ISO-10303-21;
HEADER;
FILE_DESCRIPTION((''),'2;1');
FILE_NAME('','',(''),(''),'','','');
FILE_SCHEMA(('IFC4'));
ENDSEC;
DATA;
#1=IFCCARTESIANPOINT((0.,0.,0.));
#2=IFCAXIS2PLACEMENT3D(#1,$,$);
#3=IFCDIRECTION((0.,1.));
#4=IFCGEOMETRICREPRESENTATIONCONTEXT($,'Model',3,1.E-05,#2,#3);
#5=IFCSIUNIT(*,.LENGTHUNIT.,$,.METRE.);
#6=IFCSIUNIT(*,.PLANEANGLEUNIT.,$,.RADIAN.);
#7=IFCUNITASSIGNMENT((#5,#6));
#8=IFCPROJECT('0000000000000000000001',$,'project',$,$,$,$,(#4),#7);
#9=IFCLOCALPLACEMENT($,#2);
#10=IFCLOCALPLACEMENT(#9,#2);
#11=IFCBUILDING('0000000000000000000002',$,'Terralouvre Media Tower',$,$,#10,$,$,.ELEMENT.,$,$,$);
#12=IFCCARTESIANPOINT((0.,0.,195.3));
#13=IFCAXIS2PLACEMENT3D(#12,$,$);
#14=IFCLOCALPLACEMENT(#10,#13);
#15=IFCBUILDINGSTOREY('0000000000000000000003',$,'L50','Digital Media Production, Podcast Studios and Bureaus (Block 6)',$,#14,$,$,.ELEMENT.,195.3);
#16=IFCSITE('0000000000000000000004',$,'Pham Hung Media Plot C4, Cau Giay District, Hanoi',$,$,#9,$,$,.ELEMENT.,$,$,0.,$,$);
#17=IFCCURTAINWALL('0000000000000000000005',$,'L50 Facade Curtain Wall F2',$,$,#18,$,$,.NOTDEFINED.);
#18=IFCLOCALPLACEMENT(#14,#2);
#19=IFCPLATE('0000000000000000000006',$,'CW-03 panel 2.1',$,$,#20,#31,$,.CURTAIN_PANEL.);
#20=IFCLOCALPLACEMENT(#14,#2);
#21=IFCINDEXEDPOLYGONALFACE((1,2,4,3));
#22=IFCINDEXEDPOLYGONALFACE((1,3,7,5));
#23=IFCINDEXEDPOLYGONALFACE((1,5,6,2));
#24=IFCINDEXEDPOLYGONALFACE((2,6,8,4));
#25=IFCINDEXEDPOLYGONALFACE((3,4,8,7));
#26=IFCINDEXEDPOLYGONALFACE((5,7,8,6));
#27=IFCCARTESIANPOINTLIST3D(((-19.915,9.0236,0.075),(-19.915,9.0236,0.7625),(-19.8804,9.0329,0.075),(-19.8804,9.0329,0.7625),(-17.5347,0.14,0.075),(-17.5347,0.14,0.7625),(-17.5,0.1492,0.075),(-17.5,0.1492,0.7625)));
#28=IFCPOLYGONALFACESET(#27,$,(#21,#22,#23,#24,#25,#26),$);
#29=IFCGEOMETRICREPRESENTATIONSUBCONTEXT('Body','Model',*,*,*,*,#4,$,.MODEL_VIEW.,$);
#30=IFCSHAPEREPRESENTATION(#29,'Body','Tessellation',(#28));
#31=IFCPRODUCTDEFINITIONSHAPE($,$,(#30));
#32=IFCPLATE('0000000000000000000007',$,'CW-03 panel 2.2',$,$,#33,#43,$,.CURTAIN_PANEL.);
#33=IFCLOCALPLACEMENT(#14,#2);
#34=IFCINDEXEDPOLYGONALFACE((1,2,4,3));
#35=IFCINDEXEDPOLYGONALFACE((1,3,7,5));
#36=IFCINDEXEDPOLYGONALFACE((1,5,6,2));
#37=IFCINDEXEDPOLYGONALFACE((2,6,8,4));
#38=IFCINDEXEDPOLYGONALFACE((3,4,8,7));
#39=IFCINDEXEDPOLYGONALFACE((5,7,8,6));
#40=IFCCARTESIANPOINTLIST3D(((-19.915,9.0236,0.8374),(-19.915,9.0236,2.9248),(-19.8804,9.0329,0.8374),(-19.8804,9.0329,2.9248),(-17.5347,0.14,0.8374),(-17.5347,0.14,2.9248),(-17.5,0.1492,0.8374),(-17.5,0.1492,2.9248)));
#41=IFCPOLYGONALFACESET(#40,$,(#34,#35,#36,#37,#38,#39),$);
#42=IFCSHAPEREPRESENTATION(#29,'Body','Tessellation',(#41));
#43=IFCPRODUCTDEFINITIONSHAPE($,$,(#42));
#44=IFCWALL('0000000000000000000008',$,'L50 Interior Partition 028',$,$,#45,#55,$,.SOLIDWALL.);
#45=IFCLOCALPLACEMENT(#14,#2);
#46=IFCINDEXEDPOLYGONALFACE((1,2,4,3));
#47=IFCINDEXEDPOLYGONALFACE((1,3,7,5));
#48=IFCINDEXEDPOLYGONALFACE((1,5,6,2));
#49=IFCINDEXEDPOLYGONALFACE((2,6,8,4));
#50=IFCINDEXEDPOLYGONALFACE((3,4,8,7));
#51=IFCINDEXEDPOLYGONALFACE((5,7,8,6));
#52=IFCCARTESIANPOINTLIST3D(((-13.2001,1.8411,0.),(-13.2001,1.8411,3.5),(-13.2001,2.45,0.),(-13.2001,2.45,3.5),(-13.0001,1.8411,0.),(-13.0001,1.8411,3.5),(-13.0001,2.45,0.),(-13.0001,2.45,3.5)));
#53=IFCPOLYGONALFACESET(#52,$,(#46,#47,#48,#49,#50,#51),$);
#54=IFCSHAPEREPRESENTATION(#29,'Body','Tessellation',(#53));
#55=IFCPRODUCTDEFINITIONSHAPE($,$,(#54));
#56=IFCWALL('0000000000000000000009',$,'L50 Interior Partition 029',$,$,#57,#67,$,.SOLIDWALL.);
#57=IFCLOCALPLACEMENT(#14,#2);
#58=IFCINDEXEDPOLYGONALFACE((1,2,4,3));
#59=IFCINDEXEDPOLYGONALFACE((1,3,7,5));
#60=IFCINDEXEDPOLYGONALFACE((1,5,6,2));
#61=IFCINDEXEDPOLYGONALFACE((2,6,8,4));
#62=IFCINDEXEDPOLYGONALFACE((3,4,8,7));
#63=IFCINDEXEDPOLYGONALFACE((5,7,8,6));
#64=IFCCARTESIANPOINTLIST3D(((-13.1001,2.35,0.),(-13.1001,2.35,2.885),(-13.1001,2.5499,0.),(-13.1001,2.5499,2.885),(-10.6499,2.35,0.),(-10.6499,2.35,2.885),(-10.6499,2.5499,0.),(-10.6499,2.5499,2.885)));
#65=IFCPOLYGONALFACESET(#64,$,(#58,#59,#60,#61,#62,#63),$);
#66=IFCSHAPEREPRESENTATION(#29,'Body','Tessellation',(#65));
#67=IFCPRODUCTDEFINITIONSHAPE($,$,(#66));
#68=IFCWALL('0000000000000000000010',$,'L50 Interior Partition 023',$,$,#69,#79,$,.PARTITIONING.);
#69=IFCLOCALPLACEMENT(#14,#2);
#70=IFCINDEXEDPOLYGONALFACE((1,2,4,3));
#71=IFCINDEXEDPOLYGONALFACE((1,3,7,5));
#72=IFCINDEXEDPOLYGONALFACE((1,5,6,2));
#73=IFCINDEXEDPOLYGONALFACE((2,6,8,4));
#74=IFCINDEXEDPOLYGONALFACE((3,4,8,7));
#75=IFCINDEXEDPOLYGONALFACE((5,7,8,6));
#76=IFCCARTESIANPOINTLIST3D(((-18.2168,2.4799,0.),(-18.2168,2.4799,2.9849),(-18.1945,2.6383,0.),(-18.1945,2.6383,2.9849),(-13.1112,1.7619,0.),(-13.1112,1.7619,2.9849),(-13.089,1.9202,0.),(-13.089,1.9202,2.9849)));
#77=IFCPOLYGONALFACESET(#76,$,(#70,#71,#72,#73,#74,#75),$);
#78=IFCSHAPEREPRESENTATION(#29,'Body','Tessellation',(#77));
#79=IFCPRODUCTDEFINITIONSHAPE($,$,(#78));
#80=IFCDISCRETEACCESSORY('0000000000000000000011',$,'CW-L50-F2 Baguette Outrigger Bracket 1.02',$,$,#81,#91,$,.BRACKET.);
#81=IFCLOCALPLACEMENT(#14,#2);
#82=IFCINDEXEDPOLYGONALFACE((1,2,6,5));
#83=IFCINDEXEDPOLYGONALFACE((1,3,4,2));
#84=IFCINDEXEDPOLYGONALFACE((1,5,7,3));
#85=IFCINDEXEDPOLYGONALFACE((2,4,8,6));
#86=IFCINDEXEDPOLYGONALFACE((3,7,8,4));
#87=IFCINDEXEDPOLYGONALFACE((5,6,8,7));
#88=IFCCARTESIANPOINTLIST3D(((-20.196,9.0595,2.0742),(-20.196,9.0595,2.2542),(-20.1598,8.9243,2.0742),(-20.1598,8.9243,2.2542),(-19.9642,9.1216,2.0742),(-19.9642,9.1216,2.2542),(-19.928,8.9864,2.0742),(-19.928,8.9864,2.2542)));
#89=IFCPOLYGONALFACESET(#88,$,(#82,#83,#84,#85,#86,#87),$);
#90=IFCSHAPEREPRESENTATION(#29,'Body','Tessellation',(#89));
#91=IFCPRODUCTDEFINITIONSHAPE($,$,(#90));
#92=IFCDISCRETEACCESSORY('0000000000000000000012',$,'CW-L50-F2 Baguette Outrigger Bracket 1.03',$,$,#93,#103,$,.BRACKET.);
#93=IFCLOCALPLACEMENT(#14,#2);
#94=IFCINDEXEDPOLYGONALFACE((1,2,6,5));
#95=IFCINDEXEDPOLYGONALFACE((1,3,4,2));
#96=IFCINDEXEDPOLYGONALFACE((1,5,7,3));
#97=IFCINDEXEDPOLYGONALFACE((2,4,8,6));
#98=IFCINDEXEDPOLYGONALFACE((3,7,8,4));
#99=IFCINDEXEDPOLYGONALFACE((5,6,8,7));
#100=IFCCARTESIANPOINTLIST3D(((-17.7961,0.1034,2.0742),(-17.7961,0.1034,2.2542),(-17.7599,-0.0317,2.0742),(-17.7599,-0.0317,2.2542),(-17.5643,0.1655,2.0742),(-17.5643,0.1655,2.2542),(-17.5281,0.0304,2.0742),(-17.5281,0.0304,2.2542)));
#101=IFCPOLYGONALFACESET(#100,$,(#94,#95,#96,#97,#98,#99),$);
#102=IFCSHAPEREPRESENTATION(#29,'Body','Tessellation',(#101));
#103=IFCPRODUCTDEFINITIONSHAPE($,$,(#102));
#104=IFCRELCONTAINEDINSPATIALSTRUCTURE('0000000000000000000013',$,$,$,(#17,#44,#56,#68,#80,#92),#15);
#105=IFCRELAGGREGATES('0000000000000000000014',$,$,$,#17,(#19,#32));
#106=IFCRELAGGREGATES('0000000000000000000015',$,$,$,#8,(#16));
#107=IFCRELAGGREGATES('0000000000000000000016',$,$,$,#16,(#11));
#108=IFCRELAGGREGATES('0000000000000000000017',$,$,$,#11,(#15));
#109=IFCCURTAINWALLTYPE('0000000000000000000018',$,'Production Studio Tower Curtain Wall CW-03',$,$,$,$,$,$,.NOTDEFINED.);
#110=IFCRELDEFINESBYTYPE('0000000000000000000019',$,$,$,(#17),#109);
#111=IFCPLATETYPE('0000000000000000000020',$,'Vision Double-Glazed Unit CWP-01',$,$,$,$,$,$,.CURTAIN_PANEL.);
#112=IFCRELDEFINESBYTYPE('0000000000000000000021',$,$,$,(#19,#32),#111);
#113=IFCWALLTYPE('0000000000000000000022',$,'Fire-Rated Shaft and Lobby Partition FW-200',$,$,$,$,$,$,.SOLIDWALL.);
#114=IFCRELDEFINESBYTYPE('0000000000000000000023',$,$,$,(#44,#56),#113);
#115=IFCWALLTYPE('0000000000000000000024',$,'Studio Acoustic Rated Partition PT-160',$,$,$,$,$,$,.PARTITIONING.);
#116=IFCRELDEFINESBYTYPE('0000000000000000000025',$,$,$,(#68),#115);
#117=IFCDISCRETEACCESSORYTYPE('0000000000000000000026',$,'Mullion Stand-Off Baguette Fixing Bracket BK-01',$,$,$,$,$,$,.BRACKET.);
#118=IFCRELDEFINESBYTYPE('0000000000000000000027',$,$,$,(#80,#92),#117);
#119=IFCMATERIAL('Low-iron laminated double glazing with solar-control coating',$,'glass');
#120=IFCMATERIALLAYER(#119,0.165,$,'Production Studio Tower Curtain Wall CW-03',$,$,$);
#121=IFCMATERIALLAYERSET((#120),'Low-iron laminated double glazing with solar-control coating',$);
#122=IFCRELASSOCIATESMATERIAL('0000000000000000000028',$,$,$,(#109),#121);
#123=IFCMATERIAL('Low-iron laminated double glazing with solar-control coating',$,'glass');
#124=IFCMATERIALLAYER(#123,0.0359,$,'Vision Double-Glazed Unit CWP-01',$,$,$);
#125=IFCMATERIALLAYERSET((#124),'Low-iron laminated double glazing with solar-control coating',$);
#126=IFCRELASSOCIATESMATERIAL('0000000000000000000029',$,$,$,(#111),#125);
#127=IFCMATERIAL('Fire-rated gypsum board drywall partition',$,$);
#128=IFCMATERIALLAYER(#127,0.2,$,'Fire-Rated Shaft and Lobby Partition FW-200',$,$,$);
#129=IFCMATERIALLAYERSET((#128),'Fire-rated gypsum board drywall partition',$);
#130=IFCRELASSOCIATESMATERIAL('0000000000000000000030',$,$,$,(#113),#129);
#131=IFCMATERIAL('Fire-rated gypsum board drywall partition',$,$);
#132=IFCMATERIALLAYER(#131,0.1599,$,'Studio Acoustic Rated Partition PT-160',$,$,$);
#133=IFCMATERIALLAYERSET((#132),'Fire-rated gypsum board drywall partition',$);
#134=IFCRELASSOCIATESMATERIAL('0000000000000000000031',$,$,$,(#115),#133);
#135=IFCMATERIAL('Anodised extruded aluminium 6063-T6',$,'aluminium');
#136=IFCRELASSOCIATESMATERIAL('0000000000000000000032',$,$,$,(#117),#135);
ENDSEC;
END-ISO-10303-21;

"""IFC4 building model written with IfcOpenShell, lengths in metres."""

from ifc_helpers import new_model, si_unit, direction, frame, frame_2d, origin, origin_2d, place, context, subcontext, project, spatial, rectangle, extrude, material, layer, layer_set, type_object, element, aggregate, save


model = new_model("IFC4")

# Units and contexts
model_context = context("Model", 3, precision=1e-05, world=origin(), true_north=direction((0.0, 1.0)))
body_context = subcontext(model_context, "Body", "Model", "MODEL_VIEW")
ifc_project = project(units=[si_unit("LENGTHUNIT", "METRE"), si_unit("PLANEANGLEUNIT", "RADIAN")], contexts=[model_context])

# Site, building, storey
site_placement = place(None, origin())
site = spatial("IfcSite", under=ifc_project, at=site_placement, Name="Pham Hung Media Plot C4, Cau Giay District, Hanoi", CompositionType="ELEMENT", RefElevation=0.0)
building_placement = place(site_placement, origin())
building = spatial("IfcBuilding", under=site, at=building_placement, Name="Terralouvre Media Tower", CompositionType="ELEMENT")
storey_placement = place(building_placement, frame((0.0, 0.0, 195.3)))
storey = spatial("IfcBuildingStorey", under=building, at=storey_placement, Name="L50", Description="Digital Media Production, Podcast Studios and Bureaus (Block 6)", CompositionType="ELEMENT", Elevation=195.3)

# Curtain wall
ifc_material_1 = material(Name="Low-iron laminated double glazing with solar-control coating", Category="glass")
ifc_layer_1 = layer(ifc_material_1, 0.165, Name="Production Studio Tower Curtain Wall CW-03")
ifc_layer_set_1 = layer_set([ifc_layer_1], Name="Low-iron laminated double glazing with solar-control coating")
curtain_wall_type = type_object("IfcCurtainWallType", Name="Production Studio Tower Curtain Wall CW-03", PredefinedType="NOTDEFINED", material=ifc_layer_set_1)
curtain_wall_placement = place(storey_placement, origin())
curtain_wall = element("IfcCurtainWall", 1, at=curtain_wall_placement, inside=storey, type_object=curtain_wall_type, Name="L50 Facade Curtain Wall F2", PredefinedType="NOTDEFINED")

# Plates
ifc_material_2 = material(Name="Low-iron laminated double glazing with solar-control coating", Category="glass")
ifc_layer_2 = layer(ifc_material_2, 0.0359, Name="Vision Double-Glazed Unit CWP-01")
ifc_layer_set_2 = layer_set([ifc_layer_2], Name="Low-iron laminated double glazing with solar-control coating")
plate_type = type_object("IfcPlateType", Name="Vision Double-Glazed Unit CWP-01", PredefinedType="CURTAIN_PANEL", material=ifc_layer_set_2)
plate_1_placement = place(storey_placement, frame((-18.7075, 4.5864, 0.075), z_axis=(0.0, 0.0, 1.0), x_axis=(0.258819, -0.965926, 0.0)))
plate_1 = element("IfcPlate", 2, at=plate_1_placement, type_object=plate_type, Name="CW-03 panel 2.1", PredefinedType="CURTAIN_PANEL", context=body_context, shape_type="SweptSolid", body=[
    extrude(rectangle(XDim=9.197, YDim=0.0359, at=origin_2d()), origin(), (0.0, 0.0, 1.0), 0.6875),
])
plate_2_placement = place(storey_placement, frame((-18.7075, 4.5864, 0.8374), z_axis=(0.0, 0.0, 1.0), x_axis=(0.258819, -0.965926, 0.0)))
plate_2 = element("IfcPlate", 3, at=plate_2_placement, type_object=plate_type, Name="CW-03 panel 2.2", PredefinedType="CURTAIN_PANEL", context=body_context, shape_type="SweptSolid", body=[
    extrude(rectangle(XDim=9.197, YDim=0.0359, at=origin_2d()), origin(), (0.0, 0.0, 1.0), 2.0874),
])
aggregate(curtain_wall, [plate_1, plate_2])

# Walls
ifc_material_3 = material(Name="Fire-rated gypsum board drywall partition")
ifc_layer_3 = layer(ifc_material_3, 0.2, Name="Fire-Rated Shaft and Lobby Partition FW-200")
ifc_layer_set_3 = layer_set([ifc_layer_3], Name="Fire-rated gypsum board drywall partition")
wall_type_1 = type_object("IfcWallType", Name="Fire-Rated Shaft and Lobby Partition FW-200", PredefinedType="SOLIDWALL", material=ifc_layer_set_3)
wall_1_placement = place(storey_placement, frame((-13.1001, 1.8411, 0.0), z_axis=(0.0, 0.0, 1.0), x_axis=(0.0, 1.0, 0.0)))
element("IfcWall", 4, at=wall_1_placement, inside=storey, type_object=wall_type_1, Name="L50 Interior Partition 028", PredefinedType="SOLIDWALL", context=body_context, shape_type="SweptSolid", body=[
    extrude(rectangle(XDim=0.6089, YDim=0.2, at=frame_2d((0.3044, 0.0))), origin(), (0.0, 0.0, 1.0), 3.5),
])
wall_2_placement = place(storey_placement, frame((-13.1001, 2.45, 0.0), z_axis=(0.0, 0.0, 1.0), x_axis=(1.0, 0.0, 0.0)))
element("IfcWall", 5, at=wall_2_placement, inside=storey, type_object=wall_type_1, Name="L50 Interior Partition 029", PredefinedType="SOLIDWALL", context=body_context, shape_type="SweptSolid", body=[
    extrude(rectangle(XDim=2.4502, YDim=0.2, at=frame_2d((1.2251, 0.0))), origin(), (0.0, 0.0, 1.0), 2.885),
])
ifc_material_4 = material(Name="Fire-rated gypsum board drywall partition")
ifc_layer_4 = layer(ifc_material_4, 0.1599, Name="Studio Acoustic Rated Partition PT-160")
ifc_layer_set_4 = layer_set([ifc_layer_4], Name="Fire-rated gypsum board drywall partition")
wall_type_2 = type_object("IfcWallType", Name="Studio Acoustic Rated Partition PT-160", PredefinedType="PARTITIONING", material=ifc_layer_set_4)
wall_3_placement = place(storey_placement, frame((-13.1001, 1.8411, 0.0), z_axis=(0.0, 0.0, 1.0), x_axis=(-0.990255, 0.139266, 0.0)))
element("IfcWall", 6, at=wall_3_placement, inside=storey, type_object=wall_type_2, Name="L50 Interior Partition 023", PredefinedType="PARTITIONING", context=body_context, shape_type="SweptSolid", body=[
    extrude(rectangle(XDim=5.1558, YDim=0.1599, at=frame_2d((2.5779, 0.0))), origin(), (0.0, 0.0, 1.0), 2.9849),
])

# Discrete accessories
ifc_material_5 = material(Name="Anodised extruded aluminium 6063-T6", Category="aluminium")
discrete_accessory_type = type_object("IfcDiscreteAccessoryType", Name="Mullion Stand-Off Baguette Fixing Bracket BK-01", PredefinedType="BRACKET", material=ifc_material_5)
for number, where, z_axis, x_axis, name in (
    (7, (-20.062, 9.0229, 2.0742), (0.0, 0.0, 1.0), (0.258819, -0.965926, 0.0), "CW-L50-F2 Baguette Outrigger Bracket 1.02"),
    (8, (-17.6621, 0.0669, 2.0742), (0.0, 0.0, 1.0), (0.258819, -0.965926, 0.0), "CW-L50-F2 Baguette Outrigger Bracket 1.03"),
):
    element("IfcDiscreteAccessory", number, at=place(storey_placement, frame(where, z_axis=z_axis, x_axis=x_axis)), inside=storey, type_object=discrete_accessory_type, Name=name, PredefinedType="BRACKET", context=body_context, shape_type="SweptSolid", body=[
        extrude(rectangle(XDim=0.1399, YDim=0.24, at=origin_2d()), origin(), (0.0, 0.0, 1.0), 0.1799),
    ])

save(model, "model.ifc")
